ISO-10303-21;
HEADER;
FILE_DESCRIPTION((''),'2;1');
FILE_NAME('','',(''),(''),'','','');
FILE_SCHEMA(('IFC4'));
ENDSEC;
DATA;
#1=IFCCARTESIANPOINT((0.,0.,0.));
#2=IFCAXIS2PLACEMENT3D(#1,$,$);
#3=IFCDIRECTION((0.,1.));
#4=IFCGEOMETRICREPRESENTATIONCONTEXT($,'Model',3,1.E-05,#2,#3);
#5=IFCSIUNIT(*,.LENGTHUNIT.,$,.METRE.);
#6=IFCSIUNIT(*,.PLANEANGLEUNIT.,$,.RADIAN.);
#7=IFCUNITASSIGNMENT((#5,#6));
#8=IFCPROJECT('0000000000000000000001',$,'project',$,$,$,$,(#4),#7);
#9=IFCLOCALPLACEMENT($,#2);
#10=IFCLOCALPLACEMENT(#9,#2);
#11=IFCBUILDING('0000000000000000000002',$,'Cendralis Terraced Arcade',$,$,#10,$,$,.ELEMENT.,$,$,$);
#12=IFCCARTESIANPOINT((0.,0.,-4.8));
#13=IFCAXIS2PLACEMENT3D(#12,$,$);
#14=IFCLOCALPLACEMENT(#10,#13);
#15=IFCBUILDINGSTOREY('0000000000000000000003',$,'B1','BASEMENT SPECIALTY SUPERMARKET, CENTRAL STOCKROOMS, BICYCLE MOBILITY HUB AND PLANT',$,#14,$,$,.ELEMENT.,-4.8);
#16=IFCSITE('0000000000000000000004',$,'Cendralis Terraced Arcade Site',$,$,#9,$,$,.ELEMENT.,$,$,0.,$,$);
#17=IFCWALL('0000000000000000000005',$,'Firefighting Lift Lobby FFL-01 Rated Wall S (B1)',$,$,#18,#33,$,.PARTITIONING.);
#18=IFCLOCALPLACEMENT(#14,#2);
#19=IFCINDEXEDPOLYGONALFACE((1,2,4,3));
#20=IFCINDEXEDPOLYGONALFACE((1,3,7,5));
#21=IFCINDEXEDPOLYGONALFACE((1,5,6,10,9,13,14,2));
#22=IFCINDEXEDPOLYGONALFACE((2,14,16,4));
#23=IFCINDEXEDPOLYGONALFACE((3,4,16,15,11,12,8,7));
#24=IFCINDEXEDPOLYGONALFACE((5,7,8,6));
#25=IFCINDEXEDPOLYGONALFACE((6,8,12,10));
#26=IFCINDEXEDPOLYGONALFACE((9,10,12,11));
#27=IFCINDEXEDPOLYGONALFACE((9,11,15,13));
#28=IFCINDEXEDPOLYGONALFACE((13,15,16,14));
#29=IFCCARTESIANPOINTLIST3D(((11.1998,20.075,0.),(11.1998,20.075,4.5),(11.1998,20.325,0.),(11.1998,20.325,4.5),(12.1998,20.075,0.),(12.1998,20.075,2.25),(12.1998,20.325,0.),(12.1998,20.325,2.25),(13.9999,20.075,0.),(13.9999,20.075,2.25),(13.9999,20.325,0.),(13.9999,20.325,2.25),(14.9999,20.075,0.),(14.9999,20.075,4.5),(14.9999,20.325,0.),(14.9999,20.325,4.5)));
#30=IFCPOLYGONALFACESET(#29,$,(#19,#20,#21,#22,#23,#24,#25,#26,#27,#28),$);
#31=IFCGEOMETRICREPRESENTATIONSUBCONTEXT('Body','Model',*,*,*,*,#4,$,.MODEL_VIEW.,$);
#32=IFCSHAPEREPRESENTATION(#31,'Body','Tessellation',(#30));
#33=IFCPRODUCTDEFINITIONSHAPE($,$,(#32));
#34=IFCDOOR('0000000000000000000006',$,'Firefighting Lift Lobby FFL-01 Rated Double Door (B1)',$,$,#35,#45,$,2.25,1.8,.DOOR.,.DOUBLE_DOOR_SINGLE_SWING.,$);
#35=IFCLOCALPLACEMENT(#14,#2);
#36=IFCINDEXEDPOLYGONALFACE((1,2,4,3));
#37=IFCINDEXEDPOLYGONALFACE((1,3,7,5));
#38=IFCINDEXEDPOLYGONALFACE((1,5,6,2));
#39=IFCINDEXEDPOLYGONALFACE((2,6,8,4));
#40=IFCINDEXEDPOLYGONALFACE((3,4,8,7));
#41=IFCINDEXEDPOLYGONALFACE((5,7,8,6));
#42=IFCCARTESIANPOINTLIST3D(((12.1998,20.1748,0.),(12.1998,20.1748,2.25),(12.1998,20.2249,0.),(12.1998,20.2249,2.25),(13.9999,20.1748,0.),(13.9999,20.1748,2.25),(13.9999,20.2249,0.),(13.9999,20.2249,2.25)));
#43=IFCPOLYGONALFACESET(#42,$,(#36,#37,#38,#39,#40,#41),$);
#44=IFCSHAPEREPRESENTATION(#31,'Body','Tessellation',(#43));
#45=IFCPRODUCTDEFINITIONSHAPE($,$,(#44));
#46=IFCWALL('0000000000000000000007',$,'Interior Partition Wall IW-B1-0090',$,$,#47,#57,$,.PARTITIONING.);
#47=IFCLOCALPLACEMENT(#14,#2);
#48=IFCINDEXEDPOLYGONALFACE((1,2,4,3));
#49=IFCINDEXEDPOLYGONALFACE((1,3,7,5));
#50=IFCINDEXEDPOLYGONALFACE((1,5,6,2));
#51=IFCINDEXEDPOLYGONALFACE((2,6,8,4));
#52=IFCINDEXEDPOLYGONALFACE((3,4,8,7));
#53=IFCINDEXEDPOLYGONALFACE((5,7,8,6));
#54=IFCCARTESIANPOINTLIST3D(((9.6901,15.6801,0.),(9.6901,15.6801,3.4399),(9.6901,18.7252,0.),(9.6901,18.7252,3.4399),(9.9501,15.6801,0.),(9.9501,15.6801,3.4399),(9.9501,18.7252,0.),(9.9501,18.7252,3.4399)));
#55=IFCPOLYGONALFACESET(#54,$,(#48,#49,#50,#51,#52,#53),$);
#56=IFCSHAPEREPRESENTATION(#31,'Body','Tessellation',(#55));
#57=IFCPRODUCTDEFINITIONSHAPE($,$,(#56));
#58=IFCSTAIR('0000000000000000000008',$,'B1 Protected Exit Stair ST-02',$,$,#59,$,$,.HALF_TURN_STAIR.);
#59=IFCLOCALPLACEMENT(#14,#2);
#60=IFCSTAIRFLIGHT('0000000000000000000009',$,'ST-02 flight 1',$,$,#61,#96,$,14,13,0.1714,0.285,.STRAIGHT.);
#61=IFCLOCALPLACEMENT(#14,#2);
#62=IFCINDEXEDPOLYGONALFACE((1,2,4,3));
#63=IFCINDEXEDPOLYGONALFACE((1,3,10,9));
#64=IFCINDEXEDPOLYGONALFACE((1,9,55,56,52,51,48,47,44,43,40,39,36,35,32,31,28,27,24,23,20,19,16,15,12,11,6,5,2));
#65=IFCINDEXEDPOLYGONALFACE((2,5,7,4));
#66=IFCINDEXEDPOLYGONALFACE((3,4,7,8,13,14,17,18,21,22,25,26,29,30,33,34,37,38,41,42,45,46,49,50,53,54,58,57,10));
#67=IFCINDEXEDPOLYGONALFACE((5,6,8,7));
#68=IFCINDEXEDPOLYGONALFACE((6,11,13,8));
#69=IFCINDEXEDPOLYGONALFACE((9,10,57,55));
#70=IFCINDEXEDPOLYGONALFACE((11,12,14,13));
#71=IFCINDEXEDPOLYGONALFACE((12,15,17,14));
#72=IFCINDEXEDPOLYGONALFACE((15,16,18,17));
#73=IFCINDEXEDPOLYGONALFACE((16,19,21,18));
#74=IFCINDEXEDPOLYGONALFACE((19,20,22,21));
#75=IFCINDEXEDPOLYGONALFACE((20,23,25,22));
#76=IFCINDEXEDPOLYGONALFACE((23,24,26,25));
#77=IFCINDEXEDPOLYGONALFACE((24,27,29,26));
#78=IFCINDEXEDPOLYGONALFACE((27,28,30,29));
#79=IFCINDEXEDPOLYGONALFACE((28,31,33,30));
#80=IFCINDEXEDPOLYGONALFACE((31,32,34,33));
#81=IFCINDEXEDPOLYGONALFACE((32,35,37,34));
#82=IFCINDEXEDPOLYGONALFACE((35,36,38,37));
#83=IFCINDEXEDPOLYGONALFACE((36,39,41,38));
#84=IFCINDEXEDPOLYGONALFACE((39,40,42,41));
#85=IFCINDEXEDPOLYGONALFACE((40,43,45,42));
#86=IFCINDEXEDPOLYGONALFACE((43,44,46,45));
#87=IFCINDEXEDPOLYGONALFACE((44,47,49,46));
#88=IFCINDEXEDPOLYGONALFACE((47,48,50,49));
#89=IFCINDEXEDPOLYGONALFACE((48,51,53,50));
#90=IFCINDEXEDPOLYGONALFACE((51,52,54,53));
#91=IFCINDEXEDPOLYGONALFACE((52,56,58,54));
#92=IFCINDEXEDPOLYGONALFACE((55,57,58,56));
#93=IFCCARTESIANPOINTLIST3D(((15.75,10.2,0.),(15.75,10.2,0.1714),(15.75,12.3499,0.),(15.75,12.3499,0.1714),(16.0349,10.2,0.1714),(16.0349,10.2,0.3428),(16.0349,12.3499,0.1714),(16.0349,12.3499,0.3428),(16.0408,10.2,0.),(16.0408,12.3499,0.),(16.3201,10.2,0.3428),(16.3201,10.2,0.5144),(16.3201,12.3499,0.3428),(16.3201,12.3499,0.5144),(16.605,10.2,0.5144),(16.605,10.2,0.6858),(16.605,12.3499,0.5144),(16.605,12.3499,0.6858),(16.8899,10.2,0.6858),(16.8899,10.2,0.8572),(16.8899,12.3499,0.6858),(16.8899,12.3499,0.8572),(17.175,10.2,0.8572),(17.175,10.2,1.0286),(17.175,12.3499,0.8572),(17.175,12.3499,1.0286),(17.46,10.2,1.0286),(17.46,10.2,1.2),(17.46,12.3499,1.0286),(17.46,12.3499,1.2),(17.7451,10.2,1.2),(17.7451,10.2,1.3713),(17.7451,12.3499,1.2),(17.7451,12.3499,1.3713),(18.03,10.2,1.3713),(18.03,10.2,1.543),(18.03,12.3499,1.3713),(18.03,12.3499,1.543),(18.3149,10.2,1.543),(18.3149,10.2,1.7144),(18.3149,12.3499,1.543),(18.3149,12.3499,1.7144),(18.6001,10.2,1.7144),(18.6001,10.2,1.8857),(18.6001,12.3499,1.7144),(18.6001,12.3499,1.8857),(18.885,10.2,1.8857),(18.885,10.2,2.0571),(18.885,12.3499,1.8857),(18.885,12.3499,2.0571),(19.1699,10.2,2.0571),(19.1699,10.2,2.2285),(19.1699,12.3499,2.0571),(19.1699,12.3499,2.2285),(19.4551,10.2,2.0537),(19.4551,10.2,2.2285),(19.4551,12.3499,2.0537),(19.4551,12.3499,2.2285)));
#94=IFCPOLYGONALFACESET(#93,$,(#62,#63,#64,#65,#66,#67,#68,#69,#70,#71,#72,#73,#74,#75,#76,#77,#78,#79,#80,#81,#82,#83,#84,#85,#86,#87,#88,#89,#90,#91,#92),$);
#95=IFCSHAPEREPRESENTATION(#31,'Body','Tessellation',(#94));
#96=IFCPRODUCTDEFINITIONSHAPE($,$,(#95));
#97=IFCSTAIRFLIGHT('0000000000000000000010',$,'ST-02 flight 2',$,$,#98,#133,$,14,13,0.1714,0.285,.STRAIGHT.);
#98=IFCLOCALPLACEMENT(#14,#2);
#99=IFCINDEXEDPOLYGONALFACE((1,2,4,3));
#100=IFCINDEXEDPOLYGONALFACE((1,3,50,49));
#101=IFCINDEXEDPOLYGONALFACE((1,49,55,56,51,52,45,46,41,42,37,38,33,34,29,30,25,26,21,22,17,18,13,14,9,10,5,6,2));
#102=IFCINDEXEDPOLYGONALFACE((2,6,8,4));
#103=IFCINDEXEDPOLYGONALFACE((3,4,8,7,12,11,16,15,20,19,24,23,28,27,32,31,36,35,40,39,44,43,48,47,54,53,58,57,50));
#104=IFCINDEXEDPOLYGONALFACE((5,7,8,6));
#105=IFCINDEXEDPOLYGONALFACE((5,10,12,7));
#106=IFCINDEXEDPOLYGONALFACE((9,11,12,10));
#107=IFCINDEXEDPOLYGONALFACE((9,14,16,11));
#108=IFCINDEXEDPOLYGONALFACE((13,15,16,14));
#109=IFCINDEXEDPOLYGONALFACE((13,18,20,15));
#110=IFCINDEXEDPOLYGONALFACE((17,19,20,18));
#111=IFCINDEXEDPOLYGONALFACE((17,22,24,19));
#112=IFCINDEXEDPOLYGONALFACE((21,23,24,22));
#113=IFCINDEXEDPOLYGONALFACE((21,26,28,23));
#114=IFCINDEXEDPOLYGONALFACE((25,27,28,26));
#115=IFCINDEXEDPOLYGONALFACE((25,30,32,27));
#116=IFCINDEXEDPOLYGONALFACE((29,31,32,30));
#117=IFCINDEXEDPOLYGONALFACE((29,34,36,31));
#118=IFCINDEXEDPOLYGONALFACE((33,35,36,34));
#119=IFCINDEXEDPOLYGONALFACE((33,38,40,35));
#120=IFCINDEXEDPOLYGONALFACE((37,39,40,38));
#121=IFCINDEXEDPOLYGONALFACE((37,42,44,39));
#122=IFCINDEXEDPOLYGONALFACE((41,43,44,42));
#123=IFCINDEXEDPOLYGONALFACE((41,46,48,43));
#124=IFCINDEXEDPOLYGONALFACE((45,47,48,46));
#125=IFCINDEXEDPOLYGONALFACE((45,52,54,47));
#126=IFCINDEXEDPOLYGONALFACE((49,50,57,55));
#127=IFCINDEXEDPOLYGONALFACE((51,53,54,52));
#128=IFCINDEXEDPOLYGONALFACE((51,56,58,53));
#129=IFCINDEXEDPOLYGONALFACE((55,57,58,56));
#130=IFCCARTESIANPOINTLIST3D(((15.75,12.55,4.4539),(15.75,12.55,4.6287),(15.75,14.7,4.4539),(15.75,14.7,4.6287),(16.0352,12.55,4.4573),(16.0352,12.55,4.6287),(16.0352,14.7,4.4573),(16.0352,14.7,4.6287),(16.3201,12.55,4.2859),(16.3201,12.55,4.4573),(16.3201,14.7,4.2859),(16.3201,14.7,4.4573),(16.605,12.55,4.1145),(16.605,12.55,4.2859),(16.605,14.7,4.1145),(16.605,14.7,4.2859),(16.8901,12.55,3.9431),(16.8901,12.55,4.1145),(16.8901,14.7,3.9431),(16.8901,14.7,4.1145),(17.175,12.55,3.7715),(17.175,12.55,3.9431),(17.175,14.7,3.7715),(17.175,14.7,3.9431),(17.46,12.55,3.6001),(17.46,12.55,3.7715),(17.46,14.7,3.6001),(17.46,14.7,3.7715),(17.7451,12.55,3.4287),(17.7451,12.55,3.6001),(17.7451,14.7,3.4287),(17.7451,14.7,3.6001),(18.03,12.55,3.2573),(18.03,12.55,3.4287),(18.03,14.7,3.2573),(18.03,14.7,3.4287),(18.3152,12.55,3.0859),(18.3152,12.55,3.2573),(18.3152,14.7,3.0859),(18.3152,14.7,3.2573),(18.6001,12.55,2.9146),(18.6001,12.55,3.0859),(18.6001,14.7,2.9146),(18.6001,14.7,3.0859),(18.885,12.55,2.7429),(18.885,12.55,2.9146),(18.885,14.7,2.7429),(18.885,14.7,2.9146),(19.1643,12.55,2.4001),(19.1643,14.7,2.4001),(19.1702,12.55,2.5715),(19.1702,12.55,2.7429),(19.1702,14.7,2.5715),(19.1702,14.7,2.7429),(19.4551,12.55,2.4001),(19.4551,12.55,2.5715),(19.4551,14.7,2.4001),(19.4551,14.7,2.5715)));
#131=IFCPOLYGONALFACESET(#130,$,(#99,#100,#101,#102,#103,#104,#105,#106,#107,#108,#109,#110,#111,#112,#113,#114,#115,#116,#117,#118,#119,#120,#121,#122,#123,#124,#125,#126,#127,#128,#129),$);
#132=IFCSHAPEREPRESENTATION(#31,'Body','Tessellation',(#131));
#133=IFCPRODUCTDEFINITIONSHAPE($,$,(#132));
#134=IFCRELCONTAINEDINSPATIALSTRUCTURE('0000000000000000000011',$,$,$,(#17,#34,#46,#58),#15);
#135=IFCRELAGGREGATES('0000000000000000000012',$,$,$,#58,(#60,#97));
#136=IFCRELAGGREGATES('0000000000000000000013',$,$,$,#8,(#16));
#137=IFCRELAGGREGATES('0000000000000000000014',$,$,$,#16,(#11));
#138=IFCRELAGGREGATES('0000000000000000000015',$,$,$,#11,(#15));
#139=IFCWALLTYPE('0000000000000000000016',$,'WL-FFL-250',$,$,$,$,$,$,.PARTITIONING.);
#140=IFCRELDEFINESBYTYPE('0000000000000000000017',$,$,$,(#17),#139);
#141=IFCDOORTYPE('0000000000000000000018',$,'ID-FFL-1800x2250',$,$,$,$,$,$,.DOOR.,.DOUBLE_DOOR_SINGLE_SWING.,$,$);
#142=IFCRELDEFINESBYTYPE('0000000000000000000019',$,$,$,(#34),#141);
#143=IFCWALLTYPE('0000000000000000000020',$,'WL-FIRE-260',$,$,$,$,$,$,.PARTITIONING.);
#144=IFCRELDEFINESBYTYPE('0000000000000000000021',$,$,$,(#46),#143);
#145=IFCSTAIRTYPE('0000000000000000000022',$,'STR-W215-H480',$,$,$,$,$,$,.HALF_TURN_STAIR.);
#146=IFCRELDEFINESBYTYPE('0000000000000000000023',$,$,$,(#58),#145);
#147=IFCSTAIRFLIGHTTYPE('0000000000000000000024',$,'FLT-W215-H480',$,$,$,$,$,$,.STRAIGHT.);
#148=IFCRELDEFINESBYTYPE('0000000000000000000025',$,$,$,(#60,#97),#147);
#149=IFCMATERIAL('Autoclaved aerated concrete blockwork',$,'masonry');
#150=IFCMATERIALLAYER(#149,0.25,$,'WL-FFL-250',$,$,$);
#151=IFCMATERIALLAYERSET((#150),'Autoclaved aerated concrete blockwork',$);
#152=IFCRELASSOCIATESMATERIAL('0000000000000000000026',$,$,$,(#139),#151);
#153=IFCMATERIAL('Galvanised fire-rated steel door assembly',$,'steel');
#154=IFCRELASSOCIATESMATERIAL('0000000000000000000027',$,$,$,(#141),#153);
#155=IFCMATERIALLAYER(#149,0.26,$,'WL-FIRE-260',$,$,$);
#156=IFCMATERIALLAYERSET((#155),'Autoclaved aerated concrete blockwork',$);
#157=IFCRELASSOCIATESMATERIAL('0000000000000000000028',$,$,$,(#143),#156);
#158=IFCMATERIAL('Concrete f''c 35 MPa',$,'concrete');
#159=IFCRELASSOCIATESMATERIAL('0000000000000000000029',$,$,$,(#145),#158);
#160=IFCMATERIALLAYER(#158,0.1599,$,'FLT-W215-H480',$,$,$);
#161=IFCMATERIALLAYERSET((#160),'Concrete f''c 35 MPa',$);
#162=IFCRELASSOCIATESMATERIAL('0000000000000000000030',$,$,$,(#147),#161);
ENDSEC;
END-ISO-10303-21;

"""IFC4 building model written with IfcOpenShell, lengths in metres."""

from ifc_helpers import new_model, si_unit, direction, frame, frame_2d, origin, place, context, subcontext, project, spatial, polyline, rectangle, outline, extrude, material, layer, layer_set, type_object, element, fill, aggregate, save


model = new_model("IFC4")

# Units and contexts
model_context = context("Model", 3, precision=1e-05, world=origin(), true_north=direction((0.0, 1.0)))
body_context = subcontext(model_context, "Body", "Model", "MODEL_VIEW")
ifc_project = project(units=[si_unit("LENGTHUNIT", "METRE"), si_unit("PLANEANGLEUNIT", "RADIAN")], contexts=[model_context])

# Site, building, storey
site_placement = place(None, origin())
site = spatial("IfcSite", under=ifc_project, at=site_placement, Name="Cendralis Terraced Arcade Site", CompositionType="ELEMENT", RefElevation=0.0)
building_placement = place(site_placement, origin())
building = spatial("IfcBuilding", under=site, at=building_placement, Name="Cendralis Terraced Arcade", CompositionType="ELEMENT")
storey_placement = place(building_placement, frame((0.0, 0.0, -4.8)))
storey = spatial("IfcBuildingStorey", under=building, at=storey_placement, Name="B1", Description="BASEMENT SPECIALTY SUPERMARKET, CENTRAL STOCKROOMS, BICYCLE MOBILITY HUB AND PLANT", CompositionType="ELEMENT", Elevation=-4.8)

# Shared definitions
ifc_material_1 = material(Name="Concrete f'c 35 MPa", Category="concrete")

# Wall, opening, door
ifc_material_2 = material(Name="Galvanised fire-rated steel door assembly", Category="steel")
ifc_material_3 = material(Name="Autoclaved aerated concrete blockwork", Category="masonry")
ifc_layer_1 = layer(ifc_material_3, 0.25, Name="WL-FFL-250")
ifc_layer_set_1 = layer_set([ifc_layer_1], Name="Autoclaved aerated concrete blockwork")
wall_type_1 = type_object("IfcWallType", Name="WL-FFL-250", PredefinedType="PARTITIONING", material=ifc_layer_set_1)
wall_1_placement = place(storey_placement, frame((11.2, 20.2, 0.0), z_axis=(0.0, 0.0, 1.0), x_axis=(1.0, 0.0, 0.0)))
wall_1 = element("IfcWall", 1, at=wall_1_placement, inside=storey, type_object=wall_type_1, Name="Firefighting Lift Lobby FFL-01 Rated Wall S (B1)", PredefinedType="PARTITIONING", context=body_context, shape_type="SweptSolid", body=[
    extrude(rectangle(XDim=3.8, YDim=0.25, at=frame_2d((1.8999, 0.0))), origin(), (0.0, 0.0, 1.0), 4.5),
])
opening_1_placement = place(wall_1_placement, frame((1.0, 0.0, 0.0)))
opening_1 = element("IfcOpeningElement", 2, at=opening_1_placement, cuts=wall_1, PredefinedType="OPENING", context=body_context, shape_type="SweptSolid", body=[
    extrude(rectangle(XDim=1.8, YDim=2.25, at=frame_2d((0.8999, 1.125))), frame((0.0, 0.137, 0.0), z_axis=(0.0, -1.0, 0.0), x_axis=(1.0, 0.0, 0.0)), (0.0, 0.0, 1.0), 0.2739),
])
door_type_1 = type_object("IfcDoorType", Name="ID-FFL-1800x2250", OperationType="DOUBLE_DOOR_SINGLE_SWING", PredefinedType="DOOR", material=ifc_material_2)
door_1_placement = place(opening_1_placement, origin())
door_1 = element("IfcDoor", 3, at=door_1_placement, inside=storey, type_object=door_type_1, Name="Firefighting Lift Lobby FFL-01 Rated Double Door (B1)", OperationType="DOUBLE_DOOR_SINGLE_SWING", OverallHeight=2.25, OverallWidth=1.8, PredefinedType="DOOR", context=body_context, shape_type="SweptSolid", body=[
    extrude(rectangle(XDim=1.8, YDim=2.25, at=frame_2d((0.8999, 1.125))), frame((0.0, 0.0249, 0.0), z_axis=(0.0, -1.0, 0.0), x_axis=(1.0, 0.0, 0.0)), (0.0, 0.0, 1.0), 0.05),
])
fill(opening_1, door_1)

# Wall
ifc_layer_2 = layer(ifc_material_3, 0.26, Name="WL-FIRE-260")
ifc_layer_set_2 = layer_set([ifc_layer_2], Name="Autoclaved aerated concrete blockwork")
wall_type_2 = type_object("IfcWallType", Name="WL-FIRE-260", PredefinedType="PARTITIONING", material=ifc_layer_set_2)
wall_2_placement = place(storey_placement, frame((9.8201, 18.7251, 0.0), z_axis=(0.0, 0.0, 1.0), x_axis=(0.0, -1.0, 0.0)))
element("IfcWall", 4, at=wall_2_placement, inside=storey, type_object=wall_type_2, Name="Interior Partition Wall IW-B1-0090", PredefinedType="PARTITIONING", context=body_context, shape_type="SweptSolid", body=[
    extrude(rectangle(XDim=3.0452, YDim=0.26, at=frame_2d((1.5225, 0.0))), origin(), (0.0, 0.0, 1.0), 3.4399),
])

# Stair, stair flights
stair_type = type_object("IfcStairType", Name="STR-W215-H480", PredefinedType="HALF_TURN_STAIR", material=ifc_material_1)
stair_placement = place(storey_placement, origin())
stair = element("IfcStair", 5, at=stair_placement, inside=storey, type_object=stair_type, Name="B1 Protected Exit Stair ST-02", PredefinedType="HALF_TURN_STAIR")
ifc_layer_3 = layer(ifc_material_1, 0.1599, Name="FLT-W215-H480")
ifc_layer_set_3 = layer_set([ifc_layer_3], Name="Concrete f'c 35 MPa")
stair_flight_type = type_object("IfcStairFlightType", Name="FLT-W215-H480", PredefinedType="STRAIGHT", material=ifc_layer_set_3)
stair_flight_1_placement = place(storey_placement, frame((15.75, 11.2749, 0.0), z_axis=(0.0, 0.0, 1.0), x_axis=(1.0, 0.0, 0.0)))
stair_flight_1 = element("IfcStairFlight", 6, at=stair_flight_1_placement, type_object=stair_flight_type, Name="ST-02 flight 1", NumberOfRisers=14, NumberOfTreads=13, PredefinedType="STRAIGHT", RiserHeight=0.1714, TreadLength=0.285, context=body_context, shape_type="SweptSolid", body=[
    extrude(outline(polyline([(0.0, 0.0), (0.0, 0.1714), (0.2849, 0.1714), (0.2849, 0.3428), (0.5701, 0.3428), (0.5701, 0.5144), (0.855, 0.5144), (0.855, 0.6858), (1.1399, 0.6858), (1.1399, 0.8572), (1.425, 0.8572), (1.425, 1.0286), (1.71, 1.0286), (1.71, 1.2), (1.9951, 1.2), (1.9951, 1.3713), (2.28, 1.3713), (2.28, 1.543), (2.5649, 1.543), (2.5649, 1.7144), (2.8501, 1.7144), (2.8501, 1.8857), (3.135, 1.8857), (3.135, 2.0571), (3.4199, 2.0571), (3.4199, 2.2285), (3.7051, 2.2285), (3.7051, 2.3999), (3.7051, 2.0537), (0.2908, 0.0), (0.0, 0.0)])), frame((0.0, 1.075, 0.0), z_axis=(0.0, -1.0, 0.0), x_axis=(1.0, 0.0, 0.0)), (0.0, 0.0, 1.0), 2.1499),
])
stair_flight_2_placement = place(storey_placement, frame((19.4551, 13.625, 2.4001), z_axis=(0.0, 0.0, 1.0), x_axis=(-1.0, 0.0, 0.0)))
stair_flight_2 = element("IfcStairFlight", 7, at=stair_flight_2_placement, type_object=stair_flight_type, Name="ST-02 flight 2", NumberOfRisers=14, NumberOfTreads=13, PredefinedType="STRAIGHT", RiserHeight=0.1714, TreadLength=0.285, context=body_context, shape_type="SweptSolid", body=[
    extrude(outline(polyline([(0.0, 0.0), (0.0, 0.1714), (0.2849, 0.1714), (0.2849, 0.3428), (0.5701, 0.3428), (0.5701, 0.5144), (0.855, 0.5144), (0.855, 0.6858), (1.1399, 0.6858), (1.1399, 0.8572), (1.425, 0.8572), (1.425, 1.0286), (1.71, 1.0286), (1.71, 1.2), (1.9951, 1.2), (1.9951, 1.3713), (2.28, 1.3713), (2.28, 1.543), (2.5649, 1.543), (2.5649, 1.7144), (2.8501, 1.7144), (2.8501, 1.8857), (3.135, 1.8857), (3.135, 2.0571), (3.4199, 2.0571), (3.4199, 2.2285), (3.7051, 2.2285), (3.7051, 2.3999), (3.7051, 2.0537), (0.2908, 0.0), (0.0, 0.0)])), frame((0.0, 1.075, 0.0), z_axis=(0.0, -1.0, 0.0), x_axis=(1.0, 0.0, 0.0)), (0.0, 0.0, 1.0), 2.1499),
])
aggregate(stair, [stair_flight_1, stair_flight_2])

save(model, "model.ifc")
